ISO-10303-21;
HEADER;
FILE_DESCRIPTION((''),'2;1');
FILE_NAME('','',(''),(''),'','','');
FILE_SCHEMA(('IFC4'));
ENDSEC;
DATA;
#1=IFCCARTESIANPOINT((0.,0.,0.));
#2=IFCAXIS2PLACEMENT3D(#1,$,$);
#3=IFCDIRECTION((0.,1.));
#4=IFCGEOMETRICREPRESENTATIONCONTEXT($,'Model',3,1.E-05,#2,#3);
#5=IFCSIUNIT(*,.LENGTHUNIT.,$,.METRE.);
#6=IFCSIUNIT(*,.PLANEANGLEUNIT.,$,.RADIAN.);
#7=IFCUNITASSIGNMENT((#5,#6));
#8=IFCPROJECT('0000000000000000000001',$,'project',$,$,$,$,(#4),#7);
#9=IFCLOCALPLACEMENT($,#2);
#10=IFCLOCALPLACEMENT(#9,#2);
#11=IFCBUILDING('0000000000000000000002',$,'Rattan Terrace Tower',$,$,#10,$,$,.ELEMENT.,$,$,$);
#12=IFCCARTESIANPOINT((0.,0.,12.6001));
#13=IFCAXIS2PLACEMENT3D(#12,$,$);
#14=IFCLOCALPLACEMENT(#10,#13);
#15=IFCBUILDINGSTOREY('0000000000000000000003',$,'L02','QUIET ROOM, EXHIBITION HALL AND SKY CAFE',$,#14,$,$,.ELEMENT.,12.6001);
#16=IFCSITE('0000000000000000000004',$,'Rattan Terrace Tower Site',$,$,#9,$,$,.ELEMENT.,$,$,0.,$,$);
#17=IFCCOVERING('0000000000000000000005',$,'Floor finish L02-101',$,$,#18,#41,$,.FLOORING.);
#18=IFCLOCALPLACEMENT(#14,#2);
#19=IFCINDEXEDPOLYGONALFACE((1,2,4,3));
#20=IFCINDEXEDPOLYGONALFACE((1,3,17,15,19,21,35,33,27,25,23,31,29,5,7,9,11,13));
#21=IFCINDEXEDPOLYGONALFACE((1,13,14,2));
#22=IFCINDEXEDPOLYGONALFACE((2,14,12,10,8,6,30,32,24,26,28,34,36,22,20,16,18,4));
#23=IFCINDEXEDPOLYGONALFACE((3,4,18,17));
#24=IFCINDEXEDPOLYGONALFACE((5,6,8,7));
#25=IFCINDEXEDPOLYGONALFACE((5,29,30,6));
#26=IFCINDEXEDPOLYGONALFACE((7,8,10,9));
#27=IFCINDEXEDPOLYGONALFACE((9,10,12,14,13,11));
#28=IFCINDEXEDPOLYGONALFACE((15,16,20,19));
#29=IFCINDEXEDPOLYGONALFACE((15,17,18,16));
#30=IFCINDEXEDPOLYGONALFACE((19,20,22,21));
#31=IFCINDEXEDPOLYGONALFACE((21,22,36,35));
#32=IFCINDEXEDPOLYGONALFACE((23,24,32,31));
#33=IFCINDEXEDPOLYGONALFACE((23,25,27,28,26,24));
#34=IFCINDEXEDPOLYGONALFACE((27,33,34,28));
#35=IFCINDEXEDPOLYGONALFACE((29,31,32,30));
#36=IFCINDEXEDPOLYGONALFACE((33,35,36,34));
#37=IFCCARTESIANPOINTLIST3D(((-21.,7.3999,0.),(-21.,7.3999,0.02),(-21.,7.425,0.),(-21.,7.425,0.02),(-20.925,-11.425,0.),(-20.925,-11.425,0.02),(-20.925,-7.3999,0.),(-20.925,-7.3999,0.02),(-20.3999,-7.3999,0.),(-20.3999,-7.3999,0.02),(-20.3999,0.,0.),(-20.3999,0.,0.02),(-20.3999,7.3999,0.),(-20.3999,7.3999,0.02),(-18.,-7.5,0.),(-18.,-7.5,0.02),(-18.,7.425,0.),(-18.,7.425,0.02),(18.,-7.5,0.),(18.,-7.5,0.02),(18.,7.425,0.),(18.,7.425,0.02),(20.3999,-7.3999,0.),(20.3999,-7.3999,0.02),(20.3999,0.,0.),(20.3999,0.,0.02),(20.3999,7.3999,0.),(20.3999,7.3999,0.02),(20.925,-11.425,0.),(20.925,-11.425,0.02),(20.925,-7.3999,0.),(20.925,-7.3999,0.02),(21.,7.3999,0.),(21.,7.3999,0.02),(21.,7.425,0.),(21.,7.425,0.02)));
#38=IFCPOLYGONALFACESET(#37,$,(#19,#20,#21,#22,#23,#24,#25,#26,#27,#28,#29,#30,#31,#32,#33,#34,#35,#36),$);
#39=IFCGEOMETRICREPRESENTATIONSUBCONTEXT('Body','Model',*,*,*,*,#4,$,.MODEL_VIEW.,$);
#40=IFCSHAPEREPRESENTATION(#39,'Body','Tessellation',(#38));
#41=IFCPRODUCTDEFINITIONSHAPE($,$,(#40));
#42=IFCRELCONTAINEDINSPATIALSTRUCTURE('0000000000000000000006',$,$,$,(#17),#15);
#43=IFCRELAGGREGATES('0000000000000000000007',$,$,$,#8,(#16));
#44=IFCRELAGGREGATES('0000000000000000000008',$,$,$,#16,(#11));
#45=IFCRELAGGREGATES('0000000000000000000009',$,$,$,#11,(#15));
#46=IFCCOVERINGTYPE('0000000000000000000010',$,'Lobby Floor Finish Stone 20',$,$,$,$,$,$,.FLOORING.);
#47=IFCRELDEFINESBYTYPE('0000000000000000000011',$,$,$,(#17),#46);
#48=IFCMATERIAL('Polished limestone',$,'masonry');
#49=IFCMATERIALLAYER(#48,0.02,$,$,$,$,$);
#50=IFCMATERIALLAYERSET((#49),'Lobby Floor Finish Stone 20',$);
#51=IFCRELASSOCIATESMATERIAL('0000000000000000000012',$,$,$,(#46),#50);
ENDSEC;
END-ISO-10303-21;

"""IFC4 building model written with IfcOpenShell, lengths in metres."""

from ifc_helpers import new_model, si_unit, direction, frame, origin, place, context, subcontext, project, spatial, polyline, outline, extrude, material, layer, layer_set, type_object, element, save


model = new_model("IFC4")

# Units and contexts
model_context = context("Model", 3, precision=1e-05, world=origin(), true_north=direction((0.0, 1.0)))
body_context = subcontext(model_context, "Body", "Model", "MODEL_VIEW")
ifc_project = project(units=[si_unit("LENGTHUNIT", "METRE"), si_unit("PLANEANGLEUNIT", "RADIAN")], contexts=[model_context])

# Site, building, storey
site_placement = place(None, origin())
site = spatial("IfcSite", under=ifc_project, at=site_placement, Name="Rattan Terrace Tower Site", CompositionType="ELEMENT", RefElevation=0.0)
building_placement = place(site_placement, origin())
building = spatial("IfcBuilding", under=site, at=building_placement, Name="Rattan Terrace Tower", CompositionType="ELEMENT")
storey_placement = place(building_placement, frame((0.0, 0.0, 12.6001)))
storey = spatial("IfcBuildingStorey", under=building, at=storey_placement, Name="L02", Description="QUIET ROOM, EXHIBITION HALL AND SKY CAFE", CompositionType="ELEMENT", Elevation=12.6001)

# Covering
ifc_material_1 = material(Name="Polished limestone", Category="masonry")
ifc_layer_1 = layer(ifc_material_1, 0.02)
ifc_layer_set_1 = layer_set([ifc_layer_1], Name="Lobby Floor Finish Stone 20")
covering_type_1 = type_object("IfcCoveringType", Name="Lobby Floor Finish Stone 20", PredefinedType="FLOORING", material=ifc_layer_set_1)
covering_1_placement = place(storey_placement, origin())
element("IfcCovering", 1, at=covering_1_placement, inside=storey, type_object=covering_type_1, Name="Floor finish L02-101", PredefinedType="FLOORING", context=body_context, shape_type="SweptSolid", body=[
    extrude(outline(polyline([(-20.3999, 7.3999), (-20.3999, 0.0), (-20.3999, -7.3999), (-20.925, -7.3999), (-20.925, -11.425), (20.925, -11.425), (20.925, -7.3999), (20.3999, -7.3999), (20.3999, 0.0), (20.3999, 7.3999), (21.0, 7.3999), (21.0, 7.425), (18.0, 7.425), (18.0, -7.5), (-18.0, -7.5), (-18.0, 7.425), (-21.0, 7.425), (-21.0, 7.3999), (-20.3999, 7.3999)])), origin(), (0.0, 0.0, 1.0), 0.02),
])

save(model, "model.ifc")
